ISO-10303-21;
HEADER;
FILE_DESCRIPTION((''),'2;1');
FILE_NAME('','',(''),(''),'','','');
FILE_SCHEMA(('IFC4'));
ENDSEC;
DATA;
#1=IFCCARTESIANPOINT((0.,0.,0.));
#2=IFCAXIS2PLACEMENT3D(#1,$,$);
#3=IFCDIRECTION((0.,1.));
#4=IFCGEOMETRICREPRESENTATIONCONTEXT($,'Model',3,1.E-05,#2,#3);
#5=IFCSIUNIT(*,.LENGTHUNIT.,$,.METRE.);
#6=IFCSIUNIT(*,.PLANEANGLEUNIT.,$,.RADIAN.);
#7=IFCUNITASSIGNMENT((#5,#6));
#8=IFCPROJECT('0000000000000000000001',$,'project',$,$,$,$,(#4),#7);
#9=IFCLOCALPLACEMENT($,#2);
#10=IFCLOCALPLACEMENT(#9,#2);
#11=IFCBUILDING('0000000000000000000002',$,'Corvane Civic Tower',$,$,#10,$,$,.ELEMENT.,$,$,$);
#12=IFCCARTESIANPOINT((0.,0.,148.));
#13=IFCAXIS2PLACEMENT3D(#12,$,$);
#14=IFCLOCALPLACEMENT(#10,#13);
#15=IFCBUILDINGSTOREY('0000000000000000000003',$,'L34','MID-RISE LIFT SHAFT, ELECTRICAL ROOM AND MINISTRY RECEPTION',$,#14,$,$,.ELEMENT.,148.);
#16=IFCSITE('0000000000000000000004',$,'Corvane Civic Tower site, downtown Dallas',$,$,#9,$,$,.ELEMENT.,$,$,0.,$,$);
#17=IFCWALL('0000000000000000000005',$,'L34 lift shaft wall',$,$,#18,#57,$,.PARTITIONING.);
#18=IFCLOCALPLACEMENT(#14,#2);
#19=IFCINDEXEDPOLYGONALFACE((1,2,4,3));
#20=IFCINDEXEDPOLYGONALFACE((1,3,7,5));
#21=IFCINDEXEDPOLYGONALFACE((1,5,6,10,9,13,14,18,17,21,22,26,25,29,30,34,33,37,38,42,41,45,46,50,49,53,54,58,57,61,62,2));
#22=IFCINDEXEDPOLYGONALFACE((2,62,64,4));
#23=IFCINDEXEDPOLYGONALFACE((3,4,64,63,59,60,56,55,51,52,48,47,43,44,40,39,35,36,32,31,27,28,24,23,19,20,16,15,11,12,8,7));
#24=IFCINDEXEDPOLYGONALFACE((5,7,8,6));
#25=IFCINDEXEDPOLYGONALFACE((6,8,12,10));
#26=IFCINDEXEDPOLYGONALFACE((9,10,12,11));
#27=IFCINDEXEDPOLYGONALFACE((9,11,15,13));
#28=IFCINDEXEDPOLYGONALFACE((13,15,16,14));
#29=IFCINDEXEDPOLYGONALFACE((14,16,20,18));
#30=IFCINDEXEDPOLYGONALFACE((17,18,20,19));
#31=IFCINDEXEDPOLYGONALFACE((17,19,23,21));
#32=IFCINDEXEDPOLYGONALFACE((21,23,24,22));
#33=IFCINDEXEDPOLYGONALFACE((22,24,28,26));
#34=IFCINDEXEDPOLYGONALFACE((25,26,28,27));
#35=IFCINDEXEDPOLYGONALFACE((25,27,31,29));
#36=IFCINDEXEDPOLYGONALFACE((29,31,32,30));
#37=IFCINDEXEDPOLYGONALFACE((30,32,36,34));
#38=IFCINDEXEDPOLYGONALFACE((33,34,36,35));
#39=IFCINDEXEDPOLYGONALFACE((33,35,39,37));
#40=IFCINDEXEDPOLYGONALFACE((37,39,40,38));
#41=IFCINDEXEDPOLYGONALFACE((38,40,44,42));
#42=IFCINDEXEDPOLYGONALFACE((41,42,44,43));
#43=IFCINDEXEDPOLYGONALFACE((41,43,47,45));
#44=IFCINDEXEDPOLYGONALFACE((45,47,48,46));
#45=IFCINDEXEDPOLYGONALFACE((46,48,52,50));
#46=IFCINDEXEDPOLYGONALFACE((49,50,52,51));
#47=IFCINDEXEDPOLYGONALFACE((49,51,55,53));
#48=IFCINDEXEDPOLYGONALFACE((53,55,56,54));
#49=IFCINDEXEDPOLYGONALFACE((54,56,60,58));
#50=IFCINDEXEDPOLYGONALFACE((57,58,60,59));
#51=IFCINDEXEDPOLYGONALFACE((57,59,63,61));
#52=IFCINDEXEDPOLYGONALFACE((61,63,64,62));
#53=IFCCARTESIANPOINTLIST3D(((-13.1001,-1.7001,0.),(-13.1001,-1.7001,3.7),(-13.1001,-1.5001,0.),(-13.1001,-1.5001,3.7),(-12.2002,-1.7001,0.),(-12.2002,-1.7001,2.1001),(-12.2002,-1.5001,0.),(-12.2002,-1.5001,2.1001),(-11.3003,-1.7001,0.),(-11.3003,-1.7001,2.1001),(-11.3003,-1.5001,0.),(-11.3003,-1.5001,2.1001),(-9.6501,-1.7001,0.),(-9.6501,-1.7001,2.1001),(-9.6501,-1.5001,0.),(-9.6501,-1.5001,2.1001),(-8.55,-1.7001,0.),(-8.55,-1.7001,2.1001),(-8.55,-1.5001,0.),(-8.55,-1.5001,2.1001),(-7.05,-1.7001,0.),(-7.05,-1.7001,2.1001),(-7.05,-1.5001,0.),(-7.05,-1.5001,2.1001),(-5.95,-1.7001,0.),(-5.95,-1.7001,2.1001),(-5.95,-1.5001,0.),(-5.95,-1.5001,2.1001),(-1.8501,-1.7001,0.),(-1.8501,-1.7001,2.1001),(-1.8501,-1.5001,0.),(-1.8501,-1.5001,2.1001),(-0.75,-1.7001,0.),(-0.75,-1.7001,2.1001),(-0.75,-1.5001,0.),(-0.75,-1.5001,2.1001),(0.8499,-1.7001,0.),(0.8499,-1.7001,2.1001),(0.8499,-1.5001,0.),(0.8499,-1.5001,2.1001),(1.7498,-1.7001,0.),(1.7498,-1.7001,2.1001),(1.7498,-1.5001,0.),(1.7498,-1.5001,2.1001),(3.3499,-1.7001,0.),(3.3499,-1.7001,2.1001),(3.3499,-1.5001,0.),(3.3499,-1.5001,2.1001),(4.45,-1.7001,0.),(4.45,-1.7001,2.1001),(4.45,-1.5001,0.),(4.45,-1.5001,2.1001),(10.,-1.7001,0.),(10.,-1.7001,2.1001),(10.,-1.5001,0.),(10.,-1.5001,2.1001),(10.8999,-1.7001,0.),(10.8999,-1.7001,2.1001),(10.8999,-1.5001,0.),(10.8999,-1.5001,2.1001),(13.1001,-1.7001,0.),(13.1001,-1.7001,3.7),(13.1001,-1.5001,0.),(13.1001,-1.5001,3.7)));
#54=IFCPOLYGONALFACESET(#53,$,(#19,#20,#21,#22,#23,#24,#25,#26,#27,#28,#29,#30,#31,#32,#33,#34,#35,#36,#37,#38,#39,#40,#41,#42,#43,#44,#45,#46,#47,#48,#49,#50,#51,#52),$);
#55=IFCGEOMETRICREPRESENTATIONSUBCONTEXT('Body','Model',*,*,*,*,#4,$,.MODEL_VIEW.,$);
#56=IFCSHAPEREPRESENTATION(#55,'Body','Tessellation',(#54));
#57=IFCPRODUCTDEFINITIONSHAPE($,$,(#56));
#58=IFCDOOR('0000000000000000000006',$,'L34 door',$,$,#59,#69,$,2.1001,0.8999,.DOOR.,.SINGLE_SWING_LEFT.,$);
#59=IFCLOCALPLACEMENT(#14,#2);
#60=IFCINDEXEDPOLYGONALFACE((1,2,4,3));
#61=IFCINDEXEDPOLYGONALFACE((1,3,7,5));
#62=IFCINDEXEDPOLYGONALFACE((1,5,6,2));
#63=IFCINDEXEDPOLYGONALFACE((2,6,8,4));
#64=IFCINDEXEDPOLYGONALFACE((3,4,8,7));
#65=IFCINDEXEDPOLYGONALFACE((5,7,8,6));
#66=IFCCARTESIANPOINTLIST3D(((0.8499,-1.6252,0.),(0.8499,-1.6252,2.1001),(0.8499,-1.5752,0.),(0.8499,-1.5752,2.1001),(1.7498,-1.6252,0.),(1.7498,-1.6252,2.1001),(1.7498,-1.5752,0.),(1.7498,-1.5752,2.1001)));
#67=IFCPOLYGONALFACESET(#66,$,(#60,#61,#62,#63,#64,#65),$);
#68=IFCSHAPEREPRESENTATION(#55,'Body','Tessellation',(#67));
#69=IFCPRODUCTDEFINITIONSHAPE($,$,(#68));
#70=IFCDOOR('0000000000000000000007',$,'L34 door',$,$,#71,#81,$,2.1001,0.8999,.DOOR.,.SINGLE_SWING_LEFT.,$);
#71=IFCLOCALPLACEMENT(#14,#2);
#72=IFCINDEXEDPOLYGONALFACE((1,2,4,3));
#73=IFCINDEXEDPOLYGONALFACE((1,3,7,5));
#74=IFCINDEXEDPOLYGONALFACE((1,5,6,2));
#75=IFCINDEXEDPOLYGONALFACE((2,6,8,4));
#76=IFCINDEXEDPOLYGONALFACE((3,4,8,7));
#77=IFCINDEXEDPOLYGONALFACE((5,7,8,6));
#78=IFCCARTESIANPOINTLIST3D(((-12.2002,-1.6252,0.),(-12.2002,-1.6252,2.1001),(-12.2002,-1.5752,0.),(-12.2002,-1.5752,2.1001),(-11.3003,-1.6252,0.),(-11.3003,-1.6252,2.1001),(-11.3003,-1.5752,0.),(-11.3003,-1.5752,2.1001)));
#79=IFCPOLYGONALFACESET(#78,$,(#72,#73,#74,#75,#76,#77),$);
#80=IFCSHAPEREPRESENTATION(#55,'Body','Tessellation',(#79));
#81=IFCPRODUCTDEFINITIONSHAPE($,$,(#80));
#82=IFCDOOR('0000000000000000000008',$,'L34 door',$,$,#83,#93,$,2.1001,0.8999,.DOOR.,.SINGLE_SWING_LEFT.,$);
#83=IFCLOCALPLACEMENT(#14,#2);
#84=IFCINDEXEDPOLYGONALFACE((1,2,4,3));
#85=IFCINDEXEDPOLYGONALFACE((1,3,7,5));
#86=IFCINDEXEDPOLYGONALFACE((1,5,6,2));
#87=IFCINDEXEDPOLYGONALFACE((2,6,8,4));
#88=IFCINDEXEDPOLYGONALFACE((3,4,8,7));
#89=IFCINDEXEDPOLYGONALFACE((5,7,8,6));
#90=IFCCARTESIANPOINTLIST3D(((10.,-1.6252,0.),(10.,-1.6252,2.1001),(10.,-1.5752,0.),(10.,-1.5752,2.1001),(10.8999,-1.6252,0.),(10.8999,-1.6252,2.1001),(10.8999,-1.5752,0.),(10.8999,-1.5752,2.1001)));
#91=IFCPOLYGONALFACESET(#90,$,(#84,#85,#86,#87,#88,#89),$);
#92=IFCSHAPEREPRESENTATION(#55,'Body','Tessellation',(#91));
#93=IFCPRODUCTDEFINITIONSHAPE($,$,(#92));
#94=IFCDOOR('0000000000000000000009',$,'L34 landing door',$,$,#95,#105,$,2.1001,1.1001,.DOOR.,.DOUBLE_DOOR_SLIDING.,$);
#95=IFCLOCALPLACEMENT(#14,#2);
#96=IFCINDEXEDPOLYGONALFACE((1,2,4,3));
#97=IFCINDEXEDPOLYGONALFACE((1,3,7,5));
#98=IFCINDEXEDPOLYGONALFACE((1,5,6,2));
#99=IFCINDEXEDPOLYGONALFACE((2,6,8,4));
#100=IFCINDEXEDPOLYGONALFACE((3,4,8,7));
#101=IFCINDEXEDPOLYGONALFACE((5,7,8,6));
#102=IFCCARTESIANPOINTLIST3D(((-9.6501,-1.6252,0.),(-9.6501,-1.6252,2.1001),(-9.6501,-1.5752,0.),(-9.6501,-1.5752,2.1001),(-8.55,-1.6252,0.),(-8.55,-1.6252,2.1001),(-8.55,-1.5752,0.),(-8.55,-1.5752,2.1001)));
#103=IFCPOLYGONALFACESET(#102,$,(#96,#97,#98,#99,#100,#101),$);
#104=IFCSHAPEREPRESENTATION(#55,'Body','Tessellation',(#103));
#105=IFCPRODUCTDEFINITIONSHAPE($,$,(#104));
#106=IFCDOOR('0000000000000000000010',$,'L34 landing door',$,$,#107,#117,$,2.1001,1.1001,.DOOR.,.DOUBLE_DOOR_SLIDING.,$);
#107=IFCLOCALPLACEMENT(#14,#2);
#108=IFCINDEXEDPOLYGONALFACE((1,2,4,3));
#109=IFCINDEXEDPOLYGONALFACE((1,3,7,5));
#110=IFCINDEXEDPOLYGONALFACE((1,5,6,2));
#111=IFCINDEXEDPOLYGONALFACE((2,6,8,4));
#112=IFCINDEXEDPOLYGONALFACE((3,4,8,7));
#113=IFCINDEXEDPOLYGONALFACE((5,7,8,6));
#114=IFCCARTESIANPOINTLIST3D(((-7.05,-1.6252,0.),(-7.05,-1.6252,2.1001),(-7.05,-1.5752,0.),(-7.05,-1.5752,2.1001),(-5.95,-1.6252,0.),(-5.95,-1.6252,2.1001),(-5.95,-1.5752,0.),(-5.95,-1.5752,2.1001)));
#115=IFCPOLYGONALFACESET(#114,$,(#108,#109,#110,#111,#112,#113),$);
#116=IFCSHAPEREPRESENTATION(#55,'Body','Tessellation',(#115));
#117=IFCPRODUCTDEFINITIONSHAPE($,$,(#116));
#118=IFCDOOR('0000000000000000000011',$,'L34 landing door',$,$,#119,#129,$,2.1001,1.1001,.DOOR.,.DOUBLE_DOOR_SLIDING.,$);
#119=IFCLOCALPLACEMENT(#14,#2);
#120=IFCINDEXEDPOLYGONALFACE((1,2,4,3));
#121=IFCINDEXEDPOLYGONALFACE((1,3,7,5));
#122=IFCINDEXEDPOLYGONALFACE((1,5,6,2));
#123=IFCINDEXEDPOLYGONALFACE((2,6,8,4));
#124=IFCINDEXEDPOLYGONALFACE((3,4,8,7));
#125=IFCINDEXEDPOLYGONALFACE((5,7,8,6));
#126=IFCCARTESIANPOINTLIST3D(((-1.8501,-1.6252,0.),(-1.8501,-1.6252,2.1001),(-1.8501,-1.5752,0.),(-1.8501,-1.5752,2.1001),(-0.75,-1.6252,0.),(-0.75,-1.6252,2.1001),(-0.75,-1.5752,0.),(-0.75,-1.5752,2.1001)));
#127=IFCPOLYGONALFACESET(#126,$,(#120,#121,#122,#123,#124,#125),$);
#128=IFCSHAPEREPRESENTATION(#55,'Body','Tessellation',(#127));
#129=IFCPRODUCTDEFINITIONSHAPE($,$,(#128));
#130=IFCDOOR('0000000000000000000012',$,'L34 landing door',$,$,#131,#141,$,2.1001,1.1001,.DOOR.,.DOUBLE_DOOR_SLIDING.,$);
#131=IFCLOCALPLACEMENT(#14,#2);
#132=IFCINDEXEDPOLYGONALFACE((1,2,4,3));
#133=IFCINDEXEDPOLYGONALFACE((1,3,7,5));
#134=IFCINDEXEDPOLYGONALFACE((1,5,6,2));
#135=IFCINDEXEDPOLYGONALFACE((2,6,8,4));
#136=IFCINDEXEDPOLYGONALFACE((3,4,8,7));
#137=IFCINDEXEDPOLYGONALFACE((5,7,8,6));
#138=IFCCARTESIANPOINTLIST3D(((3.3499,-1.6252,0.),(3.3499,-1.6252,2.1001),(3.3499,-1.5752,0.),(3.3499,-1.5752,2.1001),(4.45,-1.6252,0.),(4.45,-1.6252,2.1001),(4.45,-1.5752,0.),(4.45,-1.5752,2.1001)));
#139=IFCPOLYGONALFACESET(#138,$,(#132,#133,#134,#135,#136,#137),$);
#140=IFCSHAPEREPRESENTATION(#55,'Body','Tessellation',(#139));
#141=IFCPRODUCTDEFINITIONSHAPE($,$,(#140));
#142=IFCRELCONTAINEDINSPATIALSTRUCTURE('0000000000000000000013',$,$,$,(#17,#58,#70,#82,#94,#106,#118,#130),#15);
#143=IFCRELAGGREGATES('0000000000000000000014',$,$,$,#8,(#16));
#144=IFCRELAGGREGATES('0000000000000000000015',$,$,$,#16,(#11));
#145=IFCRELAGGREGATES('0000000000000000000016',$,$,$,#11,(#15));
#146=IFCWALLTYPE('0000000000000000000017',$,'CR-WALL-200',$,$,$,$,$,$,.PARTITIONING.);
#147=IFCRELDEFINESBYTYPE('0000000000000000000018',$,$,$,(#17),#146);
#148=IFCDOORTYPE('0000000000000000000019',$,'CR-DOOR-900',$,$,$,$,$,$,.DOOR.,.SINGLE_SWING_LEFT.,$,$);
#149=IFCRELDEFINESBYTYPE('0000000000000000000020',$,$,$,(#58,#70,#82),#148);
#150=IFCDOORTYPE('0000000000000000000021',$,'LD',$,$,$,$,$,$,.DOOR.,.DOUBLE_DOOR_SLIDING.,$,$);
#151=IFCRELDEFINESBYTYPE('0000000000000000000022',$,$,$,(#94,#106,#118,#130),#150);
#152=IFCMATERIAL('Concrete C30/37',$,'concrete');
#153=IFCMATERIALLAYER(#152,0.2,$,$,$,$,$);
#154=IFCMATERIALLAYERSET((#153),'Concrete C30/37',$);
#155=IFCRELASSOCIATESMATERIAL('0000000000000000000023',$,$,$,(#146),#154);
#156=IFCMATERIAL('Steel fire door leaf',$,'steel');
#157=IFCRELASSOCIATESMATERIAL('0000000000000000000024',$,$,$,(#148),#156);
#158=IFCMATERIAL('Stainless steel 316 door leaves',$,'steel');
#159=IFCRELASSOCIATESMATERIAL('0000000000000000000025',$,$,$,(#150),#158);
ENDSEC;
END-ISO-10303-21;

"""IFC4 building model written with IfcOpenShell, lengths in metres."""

from ifc_helpers import new_model, si_unit, direction, frame, frame_2d, origin, place, context, subcontext, project, spatial, rectangle, extrude, material, layer, layer_set, type_object, element, fill, save


model = new_model("IFC4")

# Units and contexts
model_context = context("Model", 3, precision=1e-05, world=origin(), true_north=direction((0.0, 1.0)))
body_context = subcontext(model_context, "Body", "Model", "MODEL_VIEW")
ifc_project = project(units=[si_unit("LENGTHUNIT", "METRE"), si_unit("PLANEANGLEUNIT", "RADIAN")], contexts=[model_context])

# Site, building, storey
site_placement = place(None, origin())
site = spatial("IfcSite", under=ifc_project, at=site_placement, Name="Corvane Civic Tower site, downtown Dallas", CompositionType="ELEMENT", RefElevation=0.0)
building_placement = place(site_placement, origin())
building = spatial("IfcBuilding", under=site, at=building_placement, Name="Corvane Civic Tower", CompositionType="ELEMENT")
storey_placement = place(building_placement, frame((0.0, 0.0, 148.0)))
storey = spatial("IfcBuildingStorey", under=building, at=storey_placement, Name="L34", Description="MID-RISE LIFT SHAFT, ELECTRICAL ROOM AND MINISTRY RECEPTION", CompositionType="ELEMENT", Elevation=148.0)

# Wall, openings, doors
ifc_material_1 = material(Name="Concrete C30/37", Category="concrete")
ifc_layer_1 = layer(ifc_material_1, 0.2)
ifc_layer_set_1 = layer_set([ifc_layer_1], Name="Concrete C30/37")
wall_type_1 = type_object("IfcWallType", Name="CR-WALL-200", PredefinedType="PARTITIONING", material=ifc_layer_set_1)
ifc_material_2 = material(Name="Steel fire door leaf", Category="steel")
door_type_1 = type_object("IfcDoorType", Name="CR-DOOR-900", OperationType="SINGLE_SWING_LEFT", PredefinedType="DOOR", material=ifc_material_2)
wall_1_placement = place(storey_placement, frame((-13.1001, -1.6001, 0.0), z_axis=(0.0, 0.0, 1.0), x_axis=(1.0, 0.0, 0.0)))
wall_1 = element("IfcWall", 1, at=wall_1_placement, inside=storey, type_object=wall_type_1, Name="L34 lift shaft wall", PredefinedType="PARTITIONING", context=body_context, shape_type="SweptSolid", body=[
    extrude(rectangle(XDim=26.2002, YDim=0.2, at=frame_2d((13.1001, 0.0))), origin(), (0.0, 0.0, 1.0), 3.7),
])
opening_1_placement = place(wall_1_placement, frame((3.45, 0.0, 0.0)))
opening_1 = element("IfcOpeningElement", 2, at=opening_1_placement, cuts=wall_1, PredefinedType="OPENING", context=body_context, shape_type="SweptSolid", body=[
    extrude(rectangle(XDim=1.1001, YDim=2.1001, at=frame_2d((0.55, 1.05))), frame((0.0, 0.1099, 0.0), z_axis=(0.0, -1.0, 0.0), x_axis=(1.0, 0.0, 0.0)), (0.0, 0.0, 1.0), 0.22),
])
opening_2_placement = place(wall_1_placement, frame((6.05, 0.0, 0.0)))
opening_2 = element("IfcOpeningElement", 3, at=opening_2_placement, cuts=wall_1, PredefinedType="OPENING", context=body_context, shape_type="SweptSolid", body=[
    extrude(rectangle(XDim=1.1001, YDim=2.1001, at=frame_2d((0.55, 1.05))), frame((0.0, 0.1099, 0.0), z_axis=(0.0, -1.0, 0.0), x_axis=(1.0, 0.0, 0.0)), (0.0, 0.0, 1.0), 0.22),
])
opening_3_placement = place(wall_1_placement, frame((11.25, 0.0, 0.0)))
opening_3 = element("IfcOpeningElement", 4, at=opening_3_placement, cuts=wall_1, PredefinedType="OPENING", context=body_context, shape_type="SweptSolid", body=[
    extrude(rectangle(XDim=1.1001, YDim=2.1001, at=frame_2d((0.55, 1.05))), frame((0.0, 0.1099, 0.0), z_axis=(0.0, -1.0, 0.0), x_axis=(1.0, 0.0, 0.0)), (0.0, 0.0, 1.0), 0.22),
])
opening_4_placement = place(wall_1_placement, frame((13.95, 0.0, 0.0)))
opening_4 = element("IfcOpeningElement", 5, at=opening_4_placement, cuts=wall_1, PredefinedType="OPENING", context=body_context, shape_type="SweptSolid", body=[
    extrude(rectangle(XDim=0.8999, YDim=2.1001, at=frame_2d((0.45, 1.05))), frame((0.0, 0.1099, 0.0), z_axis=(0.0, -1.0, 0.0), x_axis=(1.0, 0.0, 0.0)), (0.0, 0.0, 1.0), 0.22),
])
opening_5_placement = place(wall_1_placement, frame((16.45, 0.0, 0.0)))
opening_5 = element("IfcOpeningElement", 6, at=opening_5_placement, cuts=wall_1, PredefinedType="OPENING", context=body_context, shape_type="SweptSolid", body=[
    extrude(rectangle(XDim=1.1001, YDim=2.1001, at=frame_2d((0.55, 1.05))), frame((0.0, 0.1099, 0.0), z_axis=(0.0, -1.0, 0.0), x_axis=(1.0, 0.0, 0.0)), (0.0, 0.0, 1.0), 0.22),
])
opening_6_placement = place(wall_1_placement, frame((0.8999, 0.0, 0.0)))
opening_6 = element("IfcOpeningElement", 7, at=opening_6_placement, cuts=wall_1, PredefinedType="OPENING", context=body_context, shape_type="SweptSolid", body=[
    extrude(rectangle(XDim=0.8999, YDim=2.1001, at=frame_2d((0.45, 1.05))), frame((0.0, 0.1099, 0.0), z_axis=(0.0, -1.0, 0.0), x_axis=(1.0, 0.0, 0.0)), (0.0, 0.0, 1.0), 0.22),
])
opening_7_placement = place(wall_1_placement, frame((23.1001, 0.0, 0.0)))
opening_7 = element("IfcOpeningElement", 8, at=opening_7_placement, cuts=wall_1, PredefinedType="OPENING", context=body_context, shape_type="SweptSolid", body=[
    extrude(rectangle(XDim=0.8999, YDim=2.1001, at=frame_2d((0.45, 1.05))), frame((0.0, 0.1099, 0.0), z_axis=(0.0, -1.0, 0.0), x_axis=(1.0, 0.0, 0.0)), (0.0, 0.0, 1.0), 0.22),
])
door_1_placement = place(opening_4_placement, origin())
door_1 = element("IfcDoor", 9, at=door_1_placement, inside=storey, type_object=door_type_1, Name="L34 door", OperationType="SINGLE_SWING_LEFT", OverallHeight=2.1001, OverallWidth=0.8999, PredefinedType="DOOR", context=body_context, shape_type="SweptSolid", body=[
    extrude(rectangle(XDim=0.8999, YDim=2.1001, at=frame_2d((0.45, 1.05))), frame((0.0, 0.0249, 0.0), z_axis=(0.0, -1.0, 0.0), x_axis=(1.0, 0.0, 0.0)), (0.0, 0.0, 1.0), 0.05),
])
fill(opening_4, door_1)
door_2_placement = place(opening_6_placement, origin())
door_2 = element("IfcDoor", 10, at=door_2_placement, inside=storey, type_object=door_type_1, Name="L34 door", OperationType="SINGLE_SWING_LEFT", OverallHeight=2.1001, OverallWidth=0.8999, PredefinedType="DOOR", context=body_context, shape_type="SweptSolid", body=[
    extrude(rectangle(XDim=0.8999, YDim=2.1001, at=frame_2d((0.45, 1.05))), frame((0.0, 0.0249, 0.0), z_axis=(0.0, -1.0, 0.0), x_axis=(1.0, 0.0, 0.0)), (0.0, 0.0, 1.0), 0.05),
])
fill(opening_6, door_2)
door_3_placement = place(opening_7_placement, origin())
door_3 = element("IfcDoor", 11, at=door_3_placement, inside=storey, type_object=door_type_1, Name="L34 door", OperationType="SINGLE_SWING_LEFT", OverallHeight=2.1001, OverallWidth=0.8999, PredefinedType="DOOR", context=body_context, shape_type="SweptSolid", body=[
    extrude(rectangle(XDim=0.8999, YDim=2.1001, at=frame_2d((0.45, 1.05))), frame((0.0, 0.0249, 0.0), z_axis=(0.0, -1.0, 0.0), x_axis=(1.0, 0.0, 0.0)), (0.0, 0.0, 1.0), 0.05),
])
fill(opening_7, door_3)
ifc_material_3 = material(Name="Stainless steel 316 door leaves", Category="steel")
door_type_2 = type_object("IfcDoorType", Name="LD", OperationType="DOUBLE_DOOR_SLIDING", PredefinedType="DOOR", material=ifc_material_3)
door_4_placement = place(opening_1_placement, origin())
door_4 = element("IfcDoor", 12, at=door_4_placement, inside=storey, type_object=door_type_2, Name="L34 landing door", OperationType="DOUBLE_DOOR_SLIDING", OverallHeight=2.1001, OverallWidth=1.1001, PredefinedType="DOOR", context=body_context, shape_type="SweptSolid", body=[
    extrude(rectangle(XDim=1.1001, YDim=2.1001, at=frame_2d((0.55, 1.05))), frame((0.0, 0.0249, 0.0), z_axis=(0.0, -1.0, 0.0), x_axis=(1.0, 0.0, 0.0)), (0.0, 0.0, 1.0), 0.05),
])
fill(opening_1, door_4)
door_5_placement = place(opening_2_placement, origin())
door_5 = element("IfcDoor", 13, at=door_5_placement, inside=storey, type_object=door_type_2, Name="L34 landing door", OperationType="DOUBLE_DOOR_SLIDING", OverallHeight=2.1001, OverallWidth=1.1001, PredefinedType="DOOR", context=body_context, shape_type="SweptSolid", body=[
    extrude(rectangle(XDim=1.1001, YDim=2.1001, at=frame_2d((0.55, 1.05))), frame((0.0, 0.0249, 0.0), z_axis=(0.0, -1.0, 0.0), x_axis=(1.0, 0.0, 0.0)), (0.0, 0.0, 1.0), 0.05),
])
fill(opening_2, door_5)
door_6_placement = place(opening_3_placement, origin())
door_6 = element("IfcDoor", 14, at=door_6_placement, inside=storey, type_object=door_type_2, Name="L34 landing door", OperationType="DOUBLE_DOOR_SLIDING", OverallHeight=2.1001, OverallWidth=1.1001, PredefinedType="DOOR", context=body_context, shape_type="SweptSolid", body=[
    extrude(rectangle(XDim=1.1001, YDim=2.1001, at=frame_2d((0.55, 1.05))), frame((0.0, 0.0249, 0.0), z_axis=(0.0, -1.0, 0.0), x_axis=(1.0, 0.0, 0.0)), (0.0, 0.0, 1.0), 0.05),
])
fill(opening_3, door_6)
door_7_placement = place(opening_5_placement, origin())
door_7 = element("IfcDoor", 15, at=door_7_placement, inside=storey, type_object=door_type_2, Name="L34 landing door", OperationType="DOUBLE_DOOR_SLIDING", OverallHeight=2.1001, OverallWidth=1.1001, PredefinedType="DOOR", context=body_context, shape_type="SweptSolid", body=[
    extrude(rectangle(XDim=1.1001, YDim=2.1001, at=frame_2d((0.55, 1.05))), frame((0.0, 0.0249, 0.0), z_axis=(0.0, -1.0, 0.0), x_axis=(1.0, 0.0, 0.0)), (0.0, 0.0, 1.0), 0.05),
])
fill(opening_5, door_7)

save(model, "model.ifc")
